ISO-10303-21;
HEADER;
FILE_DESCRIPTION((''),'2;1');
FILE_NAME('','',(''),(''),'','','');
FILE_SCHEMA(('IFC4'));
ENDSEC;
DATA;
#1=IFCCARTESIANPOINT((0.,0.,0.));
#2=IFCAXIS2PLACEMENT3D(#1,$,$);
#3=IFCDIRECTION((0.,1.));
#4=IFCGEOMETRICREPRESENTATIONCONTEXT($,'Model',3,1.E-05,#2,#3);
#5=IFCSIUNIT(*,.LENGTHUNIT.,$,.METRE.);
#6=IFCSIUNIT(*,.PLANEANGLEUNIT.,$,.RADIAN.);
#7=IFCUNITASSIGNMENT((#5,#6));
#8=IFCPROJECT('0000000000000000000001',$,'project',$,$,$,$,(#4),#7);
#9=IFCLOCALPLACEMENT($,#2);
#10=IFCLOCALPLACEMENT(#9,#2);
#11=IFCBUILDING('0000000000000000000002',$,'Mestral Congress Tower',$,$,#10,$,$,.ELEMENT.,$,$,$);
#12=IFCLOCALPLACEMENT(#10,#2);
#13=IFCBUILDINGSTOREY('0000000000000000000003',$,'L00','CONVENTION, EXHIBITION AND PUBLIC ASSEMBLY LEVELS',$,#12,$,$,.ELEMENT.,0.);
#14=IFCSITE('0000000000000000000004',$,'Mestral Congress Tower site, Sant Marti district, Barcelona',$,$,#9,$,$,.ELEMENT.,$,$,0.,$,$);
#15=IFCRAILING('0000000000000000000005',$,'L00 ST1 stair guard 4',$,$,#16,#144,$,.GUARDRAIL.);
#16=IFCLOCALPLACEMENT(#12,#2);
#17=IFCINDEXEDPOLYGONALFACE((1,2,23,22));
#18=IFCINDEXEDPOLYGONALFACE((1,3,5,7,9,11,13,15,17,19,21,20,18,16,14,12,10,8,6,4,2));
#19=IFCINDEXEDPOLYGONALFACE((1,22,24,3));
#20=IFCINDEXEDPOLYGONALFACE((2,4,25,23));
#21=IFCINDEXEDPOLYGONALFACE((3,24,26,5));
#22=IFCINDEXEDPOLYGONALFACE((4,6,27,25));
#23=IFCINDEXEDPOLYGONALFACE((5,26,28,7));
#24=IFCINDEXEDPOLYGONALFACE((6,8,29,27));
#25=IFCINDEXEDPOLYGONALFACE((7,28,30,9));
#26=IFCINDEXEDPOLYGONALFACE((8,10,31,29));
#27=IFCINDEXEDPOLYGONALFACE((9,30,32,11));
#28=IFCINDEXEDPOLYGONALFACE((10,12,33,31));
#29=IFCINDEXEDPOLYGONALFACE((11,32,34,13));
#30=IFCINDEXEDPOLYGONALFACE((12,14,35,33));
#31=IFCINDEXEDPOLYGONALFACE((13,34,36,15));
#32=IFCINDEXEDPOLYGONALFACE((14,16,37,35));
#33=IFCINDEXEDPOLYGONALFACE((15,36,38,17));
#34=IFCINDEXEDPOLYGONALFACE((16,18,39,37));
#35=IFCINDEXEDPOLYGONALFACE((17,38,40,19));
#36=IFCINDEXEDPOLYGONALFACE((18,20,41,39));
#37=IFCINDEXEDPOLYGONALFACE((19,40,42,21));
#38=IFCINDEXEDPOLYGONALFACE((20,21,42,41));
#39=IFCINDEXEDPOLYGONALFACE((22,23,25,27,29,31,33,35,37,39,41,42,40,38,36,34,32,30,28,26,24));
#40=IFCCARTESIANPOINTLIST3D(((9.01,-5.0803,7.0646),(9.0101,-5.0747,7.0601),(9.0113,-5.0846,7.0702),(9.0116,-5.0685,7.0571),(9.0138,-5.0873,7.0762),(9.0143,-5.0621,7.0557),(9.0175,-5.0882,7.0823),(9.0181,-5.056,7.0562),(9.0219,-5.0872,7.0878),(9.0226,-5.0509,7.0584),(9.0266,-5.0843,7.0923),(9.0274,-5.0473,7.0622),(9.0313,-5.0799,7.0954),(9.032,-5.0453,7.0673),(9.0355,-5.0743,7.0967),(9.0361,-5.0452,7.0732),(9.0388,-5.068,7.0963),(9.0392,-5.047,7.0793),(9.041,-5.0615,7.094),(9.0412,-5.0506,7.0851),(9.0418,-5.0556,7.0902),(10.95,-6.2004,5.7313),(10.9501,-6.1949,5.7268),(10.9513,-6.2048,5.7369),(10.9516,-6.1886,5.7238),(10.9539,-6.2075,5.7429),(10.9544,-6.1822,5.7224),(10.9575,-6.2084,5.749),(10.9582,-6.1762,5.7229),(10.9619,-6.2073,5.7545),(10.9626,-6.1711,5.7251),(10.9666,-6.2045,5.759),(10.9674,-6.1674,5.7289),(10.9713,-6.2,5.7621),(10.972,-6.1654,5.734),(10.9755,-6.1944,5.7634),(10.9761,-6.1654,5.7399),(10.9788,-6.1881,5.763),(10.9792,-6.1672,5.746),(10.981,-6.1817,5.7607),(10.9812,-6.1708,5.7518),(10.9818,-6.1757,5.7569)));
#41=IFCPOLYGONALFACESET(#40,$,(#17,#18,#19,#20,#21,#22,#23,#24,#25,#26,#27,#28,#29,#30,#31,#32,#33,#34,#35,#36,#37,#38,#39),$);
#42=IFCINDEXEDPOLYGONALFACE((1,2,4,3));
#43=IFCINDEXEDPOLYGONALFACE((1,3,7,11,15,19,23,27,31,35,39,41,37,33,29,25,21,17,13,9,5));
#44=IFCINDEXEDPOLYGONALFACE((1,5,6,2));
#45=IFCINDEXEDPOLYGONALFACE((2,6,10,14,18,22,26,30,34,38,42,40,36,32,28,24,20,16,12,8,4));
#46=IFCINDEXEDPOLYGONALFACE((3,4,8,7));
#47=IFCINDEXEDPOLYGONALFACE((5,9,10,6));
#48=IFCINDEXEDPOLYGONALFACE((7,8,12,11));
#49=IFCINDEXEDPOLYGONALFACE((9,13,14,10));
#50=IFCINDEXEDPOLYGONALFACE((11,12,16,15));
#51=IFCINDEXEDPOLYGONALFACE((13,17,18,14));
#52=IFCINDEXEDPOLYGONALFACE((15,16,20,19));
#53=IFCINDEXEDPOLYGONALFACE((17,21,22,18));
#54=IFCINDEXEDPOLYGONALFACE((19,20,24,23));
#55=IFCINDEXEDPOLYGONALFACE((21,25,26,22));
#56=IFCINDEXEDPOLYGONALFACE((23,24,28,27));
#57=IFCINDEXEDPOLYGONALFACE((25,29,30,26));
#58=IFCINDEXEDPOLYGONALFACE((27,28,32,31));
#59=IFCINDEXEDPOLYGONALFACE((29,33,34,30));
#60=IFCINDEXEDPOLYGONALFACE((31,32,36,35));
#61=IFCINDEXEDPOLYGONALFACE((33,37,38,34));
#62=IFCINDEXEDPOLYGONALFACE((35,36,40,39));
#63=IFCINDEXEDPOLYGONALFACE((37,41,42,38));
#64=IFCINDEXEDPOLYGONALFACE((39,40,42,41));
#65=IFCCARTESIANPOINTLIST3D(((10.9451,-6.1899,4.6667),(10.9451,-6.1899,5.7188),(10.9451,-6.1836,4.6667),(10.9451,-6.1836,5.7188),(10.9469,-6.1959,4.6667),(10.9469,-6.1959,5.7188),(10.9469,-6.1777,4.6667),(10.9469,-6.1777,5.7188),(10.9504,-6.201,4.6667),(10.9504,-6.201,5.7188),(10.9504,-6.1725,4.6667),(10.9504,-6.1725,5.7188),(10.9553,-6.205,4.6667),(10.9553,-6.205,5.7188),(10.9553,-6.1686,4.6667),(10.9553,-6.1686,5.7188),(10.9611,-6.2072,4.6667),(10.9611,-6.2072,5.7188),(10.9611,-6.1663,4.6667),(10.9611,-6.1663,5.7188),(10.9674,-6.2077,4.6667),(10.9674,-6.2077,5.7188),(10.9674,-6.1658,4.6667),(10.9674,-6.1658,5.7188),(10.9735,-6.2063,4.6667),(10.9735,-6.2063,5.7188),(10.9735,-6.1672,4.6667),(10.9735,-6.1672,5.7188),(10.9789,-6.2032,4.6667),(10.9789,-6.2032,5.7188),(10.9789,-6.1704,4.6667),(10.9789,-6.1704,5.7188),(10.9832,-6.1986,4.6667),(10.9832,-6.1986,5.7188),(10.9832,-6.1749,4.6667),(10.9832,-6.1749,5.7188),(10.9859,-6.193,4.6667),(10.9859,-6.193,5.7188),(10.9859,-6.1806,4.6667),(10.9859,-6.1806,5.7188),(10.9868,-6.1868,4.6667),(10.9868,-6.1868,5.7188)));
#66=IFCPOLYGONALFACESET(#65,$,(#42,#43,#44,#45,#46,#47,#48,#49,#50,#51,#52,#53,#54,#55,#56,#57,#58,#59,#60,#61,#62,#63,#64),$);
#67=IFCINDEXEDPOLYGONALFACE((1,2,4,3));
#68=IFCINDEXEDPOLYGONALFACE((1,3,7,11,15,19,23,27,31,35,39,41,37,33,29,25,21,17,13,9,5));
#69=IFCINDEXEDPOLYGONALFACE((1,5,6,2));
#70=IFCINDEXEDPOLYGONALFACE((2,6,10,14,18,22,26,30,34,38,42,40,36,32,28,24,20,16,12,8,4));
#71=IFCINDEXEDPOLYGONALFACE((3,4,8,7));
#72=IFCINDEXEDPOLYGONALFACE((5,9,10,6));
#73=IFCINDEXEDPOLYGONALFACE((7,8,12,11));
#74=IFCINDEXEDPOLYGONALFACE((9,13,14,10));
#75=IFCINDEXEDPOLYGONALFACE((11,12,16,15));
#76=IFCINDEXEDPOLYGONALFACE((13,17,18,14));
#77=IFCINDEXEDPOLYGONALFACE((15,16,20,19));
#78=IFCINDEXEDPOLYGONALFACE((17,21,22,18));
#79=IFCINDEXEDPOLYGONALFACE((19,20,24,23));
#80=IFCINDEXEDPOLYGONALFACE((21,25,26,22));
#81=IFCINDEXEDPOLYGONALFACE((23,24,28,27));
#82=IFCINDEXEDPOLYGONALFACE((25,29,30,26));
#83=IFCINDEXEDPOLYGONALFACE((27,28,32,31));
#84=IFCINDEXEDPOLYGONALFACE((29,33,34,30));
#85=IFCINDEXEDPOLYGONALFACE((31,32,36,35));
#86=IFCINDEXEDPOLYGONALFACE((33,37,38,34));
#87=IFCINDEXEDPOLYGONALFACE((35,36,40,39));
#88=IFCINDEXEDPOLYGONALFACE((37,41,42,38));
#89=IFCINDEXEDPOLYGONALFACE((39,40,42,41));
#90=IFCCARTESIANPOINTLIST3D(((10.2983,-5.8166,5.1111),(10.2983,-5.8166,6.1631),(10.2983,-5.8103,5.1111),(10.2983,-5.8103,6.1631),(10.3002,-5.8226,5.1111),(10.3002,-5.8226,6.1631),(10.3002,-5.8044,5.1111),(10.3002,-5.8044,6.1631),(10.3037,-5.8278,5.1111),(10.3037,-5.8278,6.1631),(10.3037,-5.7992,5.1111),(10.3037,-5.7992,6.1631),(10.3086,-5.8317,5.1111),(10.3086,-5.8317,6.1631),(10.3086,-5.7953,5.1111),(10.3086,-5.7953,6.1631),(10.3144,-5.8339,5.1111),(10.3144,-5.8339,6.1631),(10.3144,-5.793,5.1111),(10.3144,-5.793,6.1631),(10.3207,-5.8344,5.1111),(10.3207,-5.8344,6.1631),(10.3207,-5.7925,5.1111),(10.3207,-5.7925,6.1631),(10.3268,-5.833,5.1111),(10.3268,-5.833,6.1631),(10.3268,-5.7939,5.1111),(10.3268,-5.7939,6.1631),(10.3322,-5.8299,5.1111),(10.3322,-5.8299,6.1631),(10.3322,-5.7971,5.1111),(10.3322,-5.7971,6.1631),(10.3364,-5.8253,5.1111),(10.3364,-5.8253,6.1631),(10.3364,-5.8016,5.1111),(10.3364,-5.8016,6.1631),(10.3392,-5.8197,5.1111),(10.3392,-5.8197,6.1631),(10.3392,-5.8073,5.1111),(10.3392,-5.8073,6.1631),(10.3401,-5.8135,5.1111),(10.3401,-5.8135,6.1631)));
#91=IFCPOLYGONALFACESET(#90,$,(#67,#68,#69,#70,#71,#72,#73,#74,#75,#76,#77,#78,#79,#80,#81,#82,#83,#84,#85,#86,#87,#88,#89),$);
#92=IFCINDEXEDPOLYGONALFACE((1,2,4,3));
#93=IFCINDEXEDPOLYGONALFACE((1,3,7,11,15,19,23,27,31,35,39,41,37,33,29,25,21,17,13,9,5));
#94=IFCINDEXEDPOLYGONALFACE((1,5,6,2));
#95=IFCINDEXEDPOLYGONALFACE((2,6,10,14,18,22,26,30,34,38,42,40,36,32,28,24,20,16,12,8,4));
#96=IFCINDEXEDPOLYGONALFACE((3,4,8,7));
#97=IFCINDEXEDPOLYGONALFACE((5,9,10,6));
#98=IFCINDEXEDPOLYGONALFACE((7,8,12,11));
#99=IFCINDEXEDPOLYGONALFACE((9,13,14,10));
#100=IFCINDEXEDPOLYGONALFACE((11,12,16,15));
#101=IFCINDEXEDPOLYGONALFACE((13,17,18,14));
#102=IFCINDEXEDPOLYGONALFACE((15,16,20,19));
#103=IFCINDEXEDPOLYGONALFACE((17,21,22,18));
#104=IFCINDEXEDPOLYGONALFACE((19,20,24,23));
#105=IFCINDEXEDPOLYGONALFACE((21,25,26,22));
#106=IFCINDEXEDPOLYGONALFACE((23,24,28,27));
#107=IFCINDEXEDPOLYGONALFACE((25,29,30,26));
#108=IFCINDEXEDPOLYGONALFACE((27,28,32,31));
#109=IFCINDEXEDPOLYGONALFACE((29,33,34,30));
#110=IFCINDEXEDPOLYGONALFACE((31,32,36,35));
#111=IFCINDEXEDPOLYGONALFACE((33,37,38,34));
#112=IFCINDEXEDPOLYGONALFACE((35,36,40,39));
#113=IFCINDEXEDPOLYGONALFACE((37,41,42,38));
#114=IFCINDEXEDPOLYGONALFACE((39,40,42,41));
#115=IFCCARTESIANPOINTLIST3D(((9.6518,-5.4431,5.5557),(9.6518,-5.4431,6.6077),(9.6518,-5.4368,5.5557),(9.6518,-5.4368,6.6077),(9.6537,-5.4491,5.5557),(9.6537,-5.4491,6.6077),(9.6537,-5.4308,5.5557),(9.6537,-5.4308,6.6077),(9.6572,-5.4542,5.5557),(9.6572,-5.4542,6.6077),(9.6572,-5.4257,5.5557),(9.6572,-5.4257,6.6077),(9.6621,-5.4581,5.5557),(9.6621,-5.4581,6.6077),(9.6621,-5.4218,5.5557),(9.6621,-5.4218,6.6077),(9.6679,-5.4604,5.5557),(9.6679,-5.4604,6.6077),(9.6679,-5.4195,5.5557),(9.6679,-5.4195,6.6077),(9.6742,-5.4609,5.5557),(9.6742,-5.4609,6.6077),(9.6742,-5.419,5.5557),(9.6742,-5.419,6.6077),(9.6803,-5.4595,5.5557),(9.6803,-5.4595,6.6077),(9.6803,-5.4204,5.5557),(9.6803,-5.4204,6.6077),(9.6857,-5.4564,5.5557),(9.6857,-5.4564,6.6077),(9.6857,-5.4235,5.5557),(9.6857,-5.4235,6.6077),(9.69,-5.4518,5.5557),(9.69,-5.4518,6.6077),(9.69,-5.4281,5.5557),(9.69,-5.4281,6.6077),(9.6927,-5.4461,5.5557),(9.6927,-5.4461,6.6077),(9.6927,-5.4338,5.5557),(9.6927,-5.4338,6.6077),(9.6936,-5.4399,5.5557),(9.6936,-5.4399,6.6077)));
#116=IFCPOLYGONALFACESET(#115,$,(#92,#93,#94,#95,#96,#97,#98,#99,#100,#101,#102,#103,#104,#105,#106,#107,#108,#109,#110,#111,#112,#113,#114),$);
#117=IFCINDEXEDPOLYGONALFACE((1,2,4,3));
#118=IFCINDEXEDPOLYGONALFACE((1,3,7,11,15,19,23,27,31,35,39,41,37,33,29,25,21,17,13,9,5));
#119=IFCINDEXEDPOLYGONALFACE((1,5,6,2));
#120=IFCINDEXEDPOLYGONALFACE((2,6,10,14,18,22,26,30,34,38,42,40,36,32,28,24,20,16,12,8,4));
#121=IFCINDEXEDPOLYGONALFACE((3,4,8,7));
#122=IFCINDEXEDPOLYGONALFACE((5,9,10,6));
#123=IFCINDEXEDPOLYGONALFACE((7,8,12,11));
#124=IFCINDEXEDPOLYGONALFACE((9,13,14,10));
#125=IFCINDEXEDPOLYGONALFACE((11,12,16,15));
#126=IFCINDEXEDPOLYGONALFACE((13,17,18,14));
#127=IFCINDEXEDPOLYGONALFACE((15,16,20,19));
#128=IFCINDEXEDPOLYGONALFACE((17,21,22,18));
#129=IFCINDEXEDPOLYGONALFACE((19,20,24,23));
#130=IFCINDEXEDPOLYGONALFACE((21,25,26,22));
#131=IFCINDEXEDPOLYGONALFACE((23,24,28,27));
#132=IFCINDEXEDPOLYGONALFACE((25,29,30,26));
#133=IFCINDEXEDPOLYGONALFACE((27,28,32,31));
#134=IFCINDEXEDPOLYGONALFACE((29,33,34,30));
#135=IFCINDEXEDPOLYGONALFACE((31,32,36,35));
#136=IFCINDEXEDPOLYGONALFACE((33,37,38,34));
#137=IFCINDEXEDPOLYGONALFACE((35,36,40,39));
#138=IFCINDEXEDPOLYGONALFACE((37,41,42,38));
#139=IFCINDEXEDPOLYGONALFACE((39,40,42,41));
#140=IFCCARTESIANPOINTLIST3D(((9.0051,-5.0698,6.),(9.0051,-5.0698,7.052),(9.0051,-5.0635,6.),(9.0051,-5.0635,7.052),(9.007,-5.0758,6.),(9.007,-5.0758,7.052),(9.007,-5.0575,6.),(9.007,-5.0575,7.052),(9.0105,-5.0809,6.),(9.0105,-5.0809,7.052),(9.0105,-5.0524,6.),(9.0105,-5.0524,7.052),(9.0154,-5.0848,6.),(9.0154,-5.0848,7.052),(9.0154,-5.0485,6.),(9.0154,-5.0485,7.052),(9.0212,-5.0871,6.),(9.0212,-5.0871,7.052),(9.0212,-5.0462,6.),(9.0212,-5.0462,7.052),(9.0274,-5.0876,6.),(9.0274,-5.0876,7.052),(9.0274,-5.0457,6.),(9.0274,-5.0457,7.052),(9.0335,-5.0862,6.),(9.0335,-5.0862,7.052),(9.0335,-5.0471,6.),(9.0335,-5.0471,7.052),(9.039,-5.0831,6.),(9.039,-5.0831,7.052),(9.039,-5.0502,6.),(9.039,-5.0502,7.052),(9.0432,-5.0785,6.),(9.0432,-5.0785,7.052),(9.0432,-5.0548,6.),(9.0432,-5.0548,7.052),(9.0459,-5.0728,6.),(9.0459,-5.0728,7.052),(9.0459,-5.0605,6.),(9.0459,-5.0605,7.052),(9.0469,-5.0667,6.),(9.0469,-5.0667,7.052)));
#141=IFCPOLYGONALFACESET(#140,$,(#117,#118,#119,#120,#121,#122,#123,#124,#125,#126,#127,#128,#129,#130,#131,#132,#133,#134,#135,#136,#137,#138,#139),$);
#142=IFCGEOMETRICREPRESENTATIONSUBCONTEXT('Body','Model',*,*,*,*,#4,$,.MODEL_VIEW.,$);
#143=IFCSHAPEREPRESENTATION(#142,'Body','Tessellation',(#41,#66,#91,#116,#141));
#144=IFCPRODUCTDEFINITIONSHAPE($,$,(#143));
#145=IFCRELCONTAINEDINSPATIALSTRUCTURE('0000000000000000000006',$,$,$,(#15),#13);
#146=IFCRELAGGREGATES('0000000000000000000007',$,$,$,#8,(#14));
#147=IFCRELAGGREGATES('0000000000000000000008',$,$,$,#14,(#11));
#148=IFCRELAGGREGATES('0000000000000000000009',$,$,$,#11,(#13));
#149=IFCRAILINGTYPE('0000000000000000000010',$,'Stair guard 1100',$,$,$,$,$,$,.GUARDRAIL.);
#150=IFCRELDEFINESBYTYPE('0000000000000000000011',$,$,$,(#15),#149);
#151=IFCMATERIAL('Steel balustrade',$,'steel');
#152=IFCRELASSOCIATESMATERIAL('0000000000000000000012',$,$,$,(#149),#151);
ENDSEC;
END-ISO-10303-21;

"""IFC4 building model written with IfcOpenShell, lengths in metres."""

from ifc_helpers import new_model, si_unit, direction, frame, origin, origin_2d, place, context, subcontext, project, spatial, circle, extrude, material, type_object, element, save


model = new_model("IFC4")

# Units and contexts
model_context = context("Model", 3, precision=1e-05, world=origin(), true_north=direction((0.0, 1.0)))
body_context = subcontext(model_context, "Body", "Model", "MODEL_VIEW")
ifc_project = project(units=[si_unit("LENGTHUNIT", "METRE"), si_unit("PLANEANGLEUNIT", "RADIAN")], contexts=[model_context])

# Site, building, storey
site_placement = place(None, origin())
site = spatial("IfcSite", under=ifc_project, at=site_placement, Name="Mestral Congress Tower site, Sant Marti district, Barcelona", CompositionType="ELEMENT", RefElevation=0.0)
building_placement = place(site_placement, origin())
building = spatial("IfcBuilding", under=site, at=building_placement, Name="Mestral Congress Tower", CompositionType="ELEMENT")
storey_placement = place(building_placement, origin())
storey = spatial("IfcBuildingStorey", under=building, at=storey_placement, Name="L00", Description="CONVENTION, EXHIBITION AND PUBLIC ASSEMBLY LEVELS", CompositionType="ELEMENT", Elevation=0.0)

# Railing
ifc_material_1 = material(Name="Steel balustrade", Category="steel")
railing_type = type_object("IfcRailingType", Name="Stair guard 1100", PredefinedType="GUARDRAIL", material=ifc_material_1)
railing_1_placement = place(storey_placement, frame((10.9658, -6.1868, 4.6667)))
element("IfcRailing", 1, at=railing_1_placement, inside=storey, type_object=railing_type, Name="L00 ST1 stair guard 4", PredefinedType="GUARDRAIL", context=body_context, shape_type="SweptSolid", body=[
    extrude(circle(Radius=0.0239, at=origin_2d()), frame((0.0, 0.0, 1.0762), z_axis=(-0.744175, 0.429684, 0.511444), x_axis=(-0.500031, -0.866008, 0.0)), (0.0, 0.0, 1.0), 2.6069),
    extrude(circle(Radius=0.021, at=origin_2d()), origin(), (0.0, 0.0, 1.0), 1.052),
    extrude(circle(Radius=0.021, at=origin_2d()), frame((-0.6467, 0.3733, 0.4443)), (0.0, 0.0, 1.0), 1.052),
    extrude(circle(Radius=0.021, at=origin_2d()), frame((-1.2932, 0.7468, 0.8889)), (0.0, 0.0, 1.0), 1.052),
    extrude(circle(Radius=0.021, at=origin_2d()), frame((-1.9399, 1.1201, 1.3333)), (0.0, 0.0, 1.0), 1.052),
])

save(model, "model.ifc")
